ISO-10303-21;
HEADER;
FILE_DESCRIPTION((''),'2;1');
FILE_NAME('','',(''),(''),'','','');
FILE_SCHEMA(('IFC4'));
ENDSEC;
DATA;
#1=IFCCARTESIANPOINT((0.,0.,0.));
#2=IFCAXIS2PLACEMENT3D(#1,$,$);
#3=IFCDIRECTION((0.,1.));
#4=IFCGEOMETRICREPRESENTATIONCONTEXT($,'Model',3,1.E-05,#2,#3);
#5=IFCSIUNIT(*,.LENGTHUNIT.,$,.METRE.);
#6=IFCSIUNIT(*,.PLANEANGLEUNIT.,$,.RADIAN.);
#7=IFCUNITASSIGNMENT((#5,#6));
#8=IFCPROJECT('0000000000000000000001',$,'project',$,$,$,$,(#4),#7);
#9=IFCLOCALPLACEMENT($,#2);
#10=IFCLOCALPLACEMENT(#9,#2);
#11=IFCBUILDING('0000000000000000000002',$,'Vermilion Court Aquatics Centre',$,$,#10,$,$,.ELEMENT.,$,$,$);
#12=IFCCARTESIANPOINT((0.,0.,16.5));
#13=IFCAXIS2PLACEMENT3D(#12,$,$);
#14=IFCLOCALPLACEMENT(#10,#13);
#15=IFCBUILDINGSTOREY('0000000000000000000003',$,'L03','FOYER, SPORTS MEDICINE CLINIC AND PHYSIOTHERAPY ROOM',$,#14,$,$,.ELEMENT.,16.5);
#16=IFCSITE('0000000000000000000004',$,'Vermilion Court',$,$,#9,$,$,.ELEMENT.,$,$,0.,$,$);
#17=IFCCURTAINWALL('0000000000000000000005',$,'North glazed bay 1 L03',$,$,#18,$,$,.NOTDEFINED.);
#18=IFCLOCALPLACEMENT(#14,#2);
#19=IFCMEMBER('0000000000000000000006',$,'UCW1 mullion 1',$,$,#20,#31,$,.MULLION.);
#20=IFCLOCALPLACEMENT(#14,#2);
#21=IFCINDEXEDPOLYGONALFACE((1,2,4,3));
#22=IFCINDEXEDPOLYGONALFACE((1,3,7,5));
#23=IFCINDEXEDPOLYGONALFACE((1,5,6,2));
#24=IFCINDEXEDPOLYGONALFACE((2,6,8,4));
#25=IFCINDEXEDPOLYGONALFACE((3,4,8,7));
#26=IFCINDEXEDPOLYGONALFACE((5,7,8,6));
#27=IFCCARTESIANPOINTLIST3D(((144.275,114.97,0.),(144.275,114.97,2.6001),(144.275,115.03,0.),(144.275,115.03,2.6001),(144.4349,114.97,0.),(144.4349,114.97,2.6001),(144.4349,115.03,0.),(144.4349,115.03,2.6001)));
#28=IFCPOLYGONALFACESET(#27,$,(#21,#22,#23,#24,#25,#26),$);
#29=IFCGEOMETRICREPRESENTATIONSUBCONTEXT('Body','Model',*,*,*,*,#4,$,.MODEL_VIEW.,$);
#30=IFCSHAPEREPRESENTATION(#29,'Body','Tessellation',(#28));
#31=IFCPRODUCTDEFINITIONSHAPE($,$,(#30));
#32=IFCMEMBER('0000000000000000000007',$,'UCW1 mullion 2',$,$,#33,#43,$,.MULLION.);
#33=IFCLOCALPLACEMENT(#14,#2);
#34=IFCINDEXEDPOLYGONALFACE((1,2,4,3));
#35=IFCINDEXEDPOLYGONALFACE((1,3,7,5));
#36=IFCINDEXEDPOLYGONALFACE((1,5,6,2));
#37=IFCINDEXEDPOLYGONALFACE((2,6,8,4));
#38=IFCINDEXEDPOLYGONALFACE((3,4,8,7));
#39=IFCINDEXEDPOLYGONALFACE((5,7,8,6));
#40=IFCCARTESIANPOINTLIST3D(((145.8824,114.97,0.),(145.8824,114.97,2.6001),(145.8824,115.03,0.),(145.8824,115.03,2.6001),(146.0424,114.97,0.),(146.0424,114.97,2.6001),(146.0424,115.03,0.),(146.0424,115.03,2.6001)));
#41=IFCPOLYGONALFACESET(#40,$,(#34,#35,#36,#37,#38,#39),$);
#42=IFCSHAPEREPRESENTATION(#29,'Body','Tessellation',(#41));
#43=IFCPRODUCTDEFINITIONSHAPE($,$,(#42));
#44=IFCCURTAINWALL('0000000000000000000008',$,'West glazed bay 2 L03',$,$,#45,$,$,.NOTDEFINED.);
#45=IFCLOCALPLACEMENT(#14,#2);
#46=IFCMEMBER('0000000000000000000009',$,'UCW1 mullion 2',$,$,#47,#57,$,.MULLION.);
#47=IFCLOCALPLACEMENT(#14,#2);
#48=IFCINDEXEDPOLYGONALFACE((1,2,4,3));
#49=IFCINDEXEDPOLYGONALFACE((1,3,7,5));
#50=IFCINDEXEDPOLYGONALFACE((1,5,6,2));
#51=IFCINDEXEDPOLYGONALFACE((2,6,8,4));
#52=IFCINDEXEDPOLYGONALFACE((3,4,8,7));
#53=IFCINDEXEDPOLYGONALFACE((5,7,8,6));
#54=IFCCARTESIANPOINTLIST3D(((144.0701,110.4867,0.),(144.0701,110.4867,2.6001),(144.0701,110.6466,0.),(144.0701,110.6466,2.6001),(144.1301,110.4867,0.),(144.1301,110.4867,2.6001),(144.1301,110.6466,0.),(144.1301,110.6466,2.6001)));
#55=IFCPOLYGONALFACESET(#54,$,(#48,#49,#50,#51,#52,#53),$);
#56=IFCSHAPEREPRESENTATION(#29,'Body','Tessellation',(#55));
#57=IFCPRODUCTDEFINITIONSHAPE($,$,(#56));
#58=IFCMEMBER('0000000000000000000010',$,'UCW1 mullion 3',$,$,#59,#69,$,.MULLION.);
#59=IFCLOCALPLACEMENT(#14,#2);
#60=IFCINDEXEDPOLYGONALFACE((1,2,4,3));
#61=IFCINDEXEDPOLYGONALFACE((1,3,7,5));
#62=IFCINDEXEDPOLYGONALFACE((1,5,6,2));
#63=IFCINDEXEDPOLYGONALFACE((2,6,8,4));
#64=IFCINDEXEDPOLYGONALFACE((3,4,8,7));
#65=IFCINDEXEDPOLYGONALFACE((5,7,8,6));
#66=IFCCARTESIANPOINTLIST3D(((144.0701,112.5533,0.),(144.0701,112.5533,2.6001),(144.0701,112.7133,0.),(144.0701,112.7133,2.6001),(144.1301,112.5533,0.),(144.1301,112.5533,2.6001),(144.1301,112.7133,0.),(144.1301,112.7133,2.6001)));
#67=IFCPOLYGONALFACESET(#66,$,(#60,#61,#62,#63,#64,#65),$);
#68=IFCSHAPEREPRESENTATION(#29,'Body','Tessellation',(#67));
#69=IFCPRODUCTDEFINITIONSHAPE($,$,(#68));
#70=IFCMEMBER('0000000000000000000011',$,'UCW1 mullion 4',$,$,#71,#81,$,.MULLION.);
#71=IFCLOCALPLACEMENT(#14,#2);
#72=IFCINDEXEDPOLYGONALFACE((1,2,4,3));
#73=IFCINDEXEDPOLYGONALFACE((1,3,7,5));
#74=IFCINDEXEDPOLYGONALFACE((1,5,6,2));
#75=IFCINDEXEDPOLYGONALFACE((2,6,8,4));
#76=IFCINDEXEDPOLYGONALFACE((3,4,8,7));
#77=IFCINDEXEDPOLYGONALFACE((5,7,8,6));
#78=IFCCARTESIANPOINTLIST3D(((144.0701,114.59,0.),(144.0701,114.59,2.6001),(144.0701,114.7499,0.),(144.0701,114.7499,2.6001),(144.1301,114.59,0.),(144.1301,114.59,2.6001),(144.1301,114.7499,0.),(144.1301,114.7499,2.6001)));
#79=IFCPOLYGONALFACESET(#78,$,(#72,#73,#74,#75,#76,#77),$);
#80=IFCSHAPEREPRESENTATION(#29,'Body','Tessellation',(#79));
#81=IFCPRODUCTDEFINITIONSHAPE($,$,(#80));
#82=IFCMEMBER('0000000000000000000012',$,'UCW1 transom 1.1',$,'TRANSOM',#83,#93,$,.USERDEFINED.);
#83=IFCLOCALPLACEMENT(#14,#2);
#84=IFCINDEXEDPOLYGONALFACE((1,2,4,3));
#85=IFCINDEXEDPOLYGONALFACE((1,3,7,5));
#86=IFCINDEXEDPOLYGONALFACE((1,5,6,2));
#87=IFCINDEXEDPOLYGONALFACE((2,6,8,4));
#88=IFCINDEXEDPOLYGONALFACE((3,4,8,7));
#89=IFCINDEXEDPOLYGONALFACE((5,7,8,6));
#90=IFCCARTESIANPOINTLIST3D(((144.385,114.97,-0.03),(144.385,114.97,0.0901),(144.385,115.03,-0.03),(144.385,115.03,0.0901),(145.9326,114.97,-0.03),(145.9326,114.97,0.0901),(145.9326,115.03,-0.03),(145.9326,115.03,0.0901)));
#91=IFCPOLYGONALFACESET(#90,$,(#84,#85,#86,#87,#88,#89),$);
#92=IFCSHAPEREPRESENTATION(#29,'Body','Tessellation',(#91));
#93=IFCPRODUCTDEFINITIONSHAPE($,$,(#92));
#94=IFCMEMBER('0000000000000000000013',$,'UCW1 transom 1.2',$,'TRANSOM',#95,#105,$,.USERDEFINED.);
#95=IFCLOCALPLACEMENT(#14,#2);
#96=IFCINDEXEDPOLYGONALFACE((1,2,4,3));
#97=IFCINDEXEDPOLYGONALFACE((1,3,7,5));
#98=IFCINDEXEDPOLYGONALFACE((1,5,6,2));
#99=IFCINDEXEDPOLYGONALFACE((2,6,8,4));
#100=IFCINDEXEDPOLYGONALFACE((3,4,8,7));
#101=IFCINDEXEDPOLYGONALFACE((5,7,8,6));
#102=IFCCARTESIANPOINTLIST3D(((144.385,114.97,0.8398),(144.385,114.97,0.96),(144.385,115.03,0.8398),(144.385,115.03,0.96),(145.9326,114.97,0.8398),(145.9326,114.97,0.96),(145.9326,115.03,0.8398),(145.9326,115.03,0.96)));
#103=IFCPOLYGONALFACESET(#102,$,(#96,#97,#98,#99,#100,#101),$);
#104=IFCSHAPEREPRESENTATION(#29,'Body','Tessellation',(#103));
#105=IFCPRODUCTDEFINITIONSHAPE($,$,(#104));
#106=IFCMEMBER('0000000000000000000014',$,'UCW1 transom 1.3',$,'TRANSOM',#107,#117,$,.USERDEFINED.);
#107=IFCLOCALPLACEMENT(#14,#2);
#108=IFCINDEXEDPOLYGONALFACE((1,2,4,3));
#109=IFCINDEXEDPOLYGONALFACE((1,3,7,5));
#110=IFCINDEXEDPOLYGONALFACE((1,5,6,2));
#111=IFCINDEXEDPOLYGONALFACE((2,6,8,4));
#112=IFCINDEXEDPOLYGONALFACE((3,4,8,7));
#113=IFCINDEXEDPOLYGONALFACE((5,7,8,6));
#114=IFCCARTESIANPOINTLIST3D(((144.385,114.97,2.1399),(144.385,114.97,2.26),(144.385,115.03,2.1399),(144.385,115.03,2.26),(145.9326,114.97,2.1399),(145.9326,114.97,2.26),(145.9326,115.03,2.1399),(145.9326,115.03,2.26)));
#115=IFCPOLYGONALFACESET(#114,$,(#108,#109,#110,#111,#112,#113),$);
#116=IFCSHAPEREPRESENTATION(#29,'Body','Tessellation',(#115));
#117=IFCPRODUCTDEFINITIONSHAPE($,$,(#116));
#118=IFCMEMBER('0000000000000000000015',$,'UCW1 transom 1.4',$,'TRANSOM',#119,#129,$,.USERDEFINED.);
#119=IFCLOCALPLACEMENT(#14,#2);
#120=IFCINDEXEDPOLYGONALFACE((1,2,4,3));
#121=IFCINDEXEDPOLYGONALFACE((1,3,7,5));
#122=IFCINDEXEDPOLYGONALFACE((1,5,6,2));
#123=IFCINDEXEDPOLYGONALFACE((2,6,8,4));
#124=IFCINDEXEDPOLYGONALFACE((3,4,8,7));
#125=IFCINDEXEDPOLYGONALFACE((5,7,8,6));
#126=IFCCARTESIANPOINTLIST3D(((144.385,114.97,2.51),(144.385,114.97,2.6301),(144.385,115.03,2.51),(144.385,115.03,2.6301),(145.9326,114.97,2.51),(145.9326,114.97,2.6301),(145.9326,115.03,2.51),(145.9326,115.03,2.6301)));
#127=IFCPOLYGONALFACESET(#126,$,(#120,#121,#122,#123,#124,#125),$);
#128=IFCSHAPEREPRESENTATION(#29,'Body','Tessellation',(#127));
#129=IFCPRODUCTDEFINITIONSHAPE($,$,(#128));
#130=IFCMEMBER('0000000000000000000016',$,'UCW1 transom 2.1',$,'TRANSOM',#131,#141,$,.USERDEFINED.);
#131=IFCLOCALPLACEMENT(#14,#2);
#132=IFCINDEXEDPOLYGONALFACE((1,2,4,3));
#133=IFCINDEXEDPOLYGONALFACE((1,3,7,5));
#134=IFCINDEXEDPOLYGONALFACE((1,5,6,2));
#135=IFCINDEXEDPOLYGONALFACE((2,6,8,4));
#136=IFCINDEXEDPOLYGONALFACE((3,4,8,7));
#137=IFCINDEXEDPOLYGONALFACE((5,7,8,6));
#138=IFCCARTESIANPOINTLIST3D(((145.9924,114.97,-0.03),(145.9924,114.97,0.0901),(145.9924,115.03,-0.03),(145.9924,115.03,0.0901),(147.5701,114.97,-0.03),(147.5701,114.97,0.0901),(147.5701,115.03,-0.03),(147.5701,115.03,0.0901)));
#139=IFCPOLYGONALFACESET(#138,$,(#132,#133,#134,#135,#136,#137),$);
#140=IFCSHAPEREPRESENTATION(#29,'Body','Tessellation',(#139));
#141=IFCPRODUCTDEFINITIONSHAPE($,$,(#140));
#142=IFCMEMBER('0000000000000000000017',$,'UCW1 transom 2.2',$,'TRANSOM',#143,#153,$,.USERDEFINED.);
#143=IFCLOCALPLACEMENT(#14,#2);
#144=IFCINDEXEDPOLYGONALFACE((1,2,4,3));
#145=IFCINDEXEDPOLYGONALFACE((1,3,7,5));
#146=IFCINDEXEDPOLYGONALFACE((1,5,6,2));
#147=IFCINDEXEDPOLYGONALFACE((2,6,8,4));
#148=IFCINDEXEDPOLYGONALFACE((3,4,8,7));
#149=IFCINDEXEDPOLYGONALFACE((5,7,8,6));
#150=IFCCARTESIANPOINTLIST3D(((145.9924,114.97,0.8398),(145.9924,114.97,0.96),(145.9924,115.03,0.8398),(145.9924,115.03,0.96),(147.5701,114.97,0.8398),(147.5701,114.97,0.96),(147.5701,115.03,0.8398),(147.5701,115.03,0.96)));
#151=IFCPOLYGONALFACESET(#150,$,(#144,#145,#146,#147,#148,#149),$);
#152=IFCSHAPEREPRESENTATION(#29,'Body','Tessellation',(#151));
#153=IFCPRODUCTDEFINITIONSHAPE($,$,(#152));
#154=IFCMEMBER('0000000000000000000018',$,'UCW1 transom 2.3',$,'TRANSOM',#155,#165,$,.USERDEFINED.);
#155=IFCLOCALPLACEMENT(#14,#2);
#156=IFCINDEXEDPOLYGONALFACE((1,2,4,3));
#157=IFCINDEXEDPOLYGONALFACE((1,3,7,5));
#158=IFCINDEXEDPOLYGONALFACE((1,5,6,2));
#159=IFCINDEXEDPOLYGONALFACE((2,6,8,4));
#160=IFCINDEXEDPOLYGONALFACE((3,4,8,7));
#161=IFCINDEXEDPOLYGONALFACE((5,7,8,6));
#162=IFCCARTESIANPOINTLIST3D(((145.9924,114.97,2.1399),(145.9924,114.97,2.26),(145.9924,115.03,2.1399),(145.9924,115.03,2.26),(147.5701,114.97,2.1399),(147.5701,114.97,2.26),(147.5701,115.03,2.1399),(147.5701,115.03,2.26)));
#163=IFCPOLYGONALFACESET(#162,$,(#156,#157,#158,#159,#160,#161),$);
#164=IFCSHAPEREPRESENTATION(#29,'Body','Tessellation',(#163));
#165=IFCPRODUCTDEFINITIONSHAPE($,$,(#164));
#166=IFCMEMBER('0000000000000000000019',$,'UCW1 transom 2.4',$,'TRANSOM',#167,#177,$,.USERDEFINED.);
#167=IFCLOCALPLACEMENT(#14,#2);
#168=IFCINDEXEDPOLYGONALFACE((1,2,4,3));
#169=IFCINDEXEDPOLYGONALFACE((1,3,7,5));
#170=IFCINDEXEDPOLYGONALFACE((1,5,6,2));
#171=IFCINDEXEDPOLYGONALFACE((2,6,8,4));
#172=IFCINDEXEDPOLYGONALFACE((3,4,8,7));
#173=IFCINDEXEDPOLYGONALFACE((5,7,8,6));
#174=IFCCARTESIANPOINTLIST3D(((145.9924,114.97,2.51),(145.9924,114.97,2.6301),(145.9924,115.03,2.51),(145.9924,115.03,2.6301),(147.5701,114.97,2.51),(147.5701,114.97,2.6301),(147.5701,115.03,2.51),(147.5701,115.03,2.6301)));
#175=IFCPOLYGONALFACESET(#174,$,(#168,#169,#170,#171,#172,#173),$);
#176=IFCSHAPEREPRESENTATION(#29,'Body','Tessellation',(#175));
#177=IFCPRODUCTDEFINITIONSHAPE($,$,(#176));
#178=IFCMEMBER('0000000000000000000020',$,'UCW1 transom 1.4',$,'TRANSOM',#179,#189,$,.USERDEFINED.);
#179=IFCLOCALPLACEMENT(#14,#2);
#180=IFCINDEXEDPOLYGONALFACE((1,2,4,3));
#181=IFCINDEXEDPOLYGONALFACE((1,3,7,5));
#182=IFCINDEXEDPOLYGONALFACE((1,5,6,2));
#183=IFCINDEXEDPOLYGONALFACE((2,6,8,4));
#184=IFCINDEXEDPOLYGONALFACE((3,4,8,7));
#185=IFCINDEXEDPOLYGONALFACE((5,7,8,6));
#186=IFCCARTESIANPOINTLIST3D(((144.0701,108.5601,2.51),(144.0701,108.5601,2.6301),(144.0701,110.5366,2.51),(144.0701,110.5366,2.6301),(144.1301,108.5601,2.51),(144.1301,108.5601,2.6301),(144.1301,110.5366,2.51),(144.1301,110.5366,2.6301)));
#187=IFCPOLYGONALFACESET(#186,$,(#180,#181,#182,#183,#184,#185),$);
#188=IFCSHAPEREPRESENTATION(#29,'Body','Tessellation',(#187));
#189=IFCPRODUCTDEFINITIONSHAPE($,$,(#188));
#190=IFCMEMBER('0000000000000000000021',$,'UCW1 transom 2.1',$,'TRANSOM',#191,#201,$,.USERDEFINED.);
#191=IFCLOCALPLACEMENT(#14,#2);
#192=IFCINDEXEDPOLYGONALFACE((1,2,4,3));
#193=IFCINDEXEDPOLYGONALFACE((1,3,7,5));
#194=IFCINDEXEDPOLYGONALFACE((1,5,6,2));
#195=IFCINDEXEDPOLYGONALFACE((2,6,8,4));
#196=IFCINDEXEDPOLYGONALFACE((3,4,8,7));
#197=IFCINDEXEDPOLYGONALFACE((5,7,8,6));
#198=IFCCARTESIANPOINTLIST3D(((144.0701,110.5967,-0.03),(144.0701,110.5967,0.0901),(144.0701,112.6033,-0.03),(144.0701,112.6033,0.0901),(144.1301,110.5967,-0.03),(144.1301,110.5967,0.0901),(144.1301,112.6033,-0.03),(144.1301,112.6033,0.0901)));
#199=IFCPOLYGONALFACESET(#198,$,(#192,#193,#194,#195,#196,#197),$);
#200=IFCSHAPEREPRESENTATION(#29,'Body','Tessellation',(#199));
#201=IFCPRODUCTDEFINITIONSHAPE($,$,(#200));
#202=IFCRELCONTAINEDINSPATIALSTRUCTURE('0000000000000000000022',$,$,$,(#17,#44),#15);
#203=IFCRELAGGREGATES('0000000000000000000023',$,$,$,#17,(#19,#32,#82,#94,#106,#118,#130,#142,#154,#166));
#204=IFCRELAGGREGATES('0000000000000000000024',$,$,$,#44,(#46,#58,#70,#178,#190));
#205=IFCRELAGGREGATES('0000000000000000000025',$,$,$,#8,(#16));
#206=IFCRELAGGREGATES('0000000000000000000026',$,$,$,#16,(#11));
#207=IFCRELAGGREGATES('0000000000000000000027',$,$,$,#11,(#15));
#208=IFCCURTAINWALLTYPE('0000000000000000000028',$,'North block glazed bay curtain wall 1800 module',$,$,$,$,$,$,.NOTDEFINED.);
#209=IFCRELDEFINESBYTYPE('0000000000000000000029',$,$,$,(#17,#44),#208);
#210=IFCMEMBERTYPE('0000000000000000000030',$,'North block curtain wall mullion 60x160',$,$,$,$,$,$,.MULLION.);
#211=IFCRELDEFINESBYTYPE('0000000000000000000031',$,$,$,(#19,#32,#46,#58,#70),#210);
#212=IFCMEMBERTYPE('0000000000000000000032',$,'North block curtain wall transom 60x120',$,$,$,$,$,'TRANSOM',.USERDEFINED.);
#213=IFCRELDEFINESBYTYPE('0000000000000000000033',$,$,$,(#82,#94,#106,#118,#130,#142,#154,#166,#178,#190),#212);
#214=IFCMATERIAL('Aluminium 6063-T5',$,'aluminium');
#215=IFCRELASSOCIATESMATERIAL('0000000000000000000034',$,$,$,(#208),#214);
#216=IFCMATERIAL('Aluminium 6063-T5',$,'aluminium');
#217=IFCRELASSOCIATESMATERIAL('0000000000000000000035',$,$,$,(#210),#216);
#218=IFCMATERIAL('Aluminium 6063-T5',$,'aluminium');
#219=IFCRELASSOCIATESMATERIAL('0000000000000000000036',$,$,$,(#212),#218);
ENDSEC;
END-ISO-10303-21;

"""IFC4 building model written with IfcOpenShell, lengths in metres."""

from ifc_helpers import new_model, si_unit, direction, frame, origin, origin_2d, place, context, subcontext, project, spatial, rectangle, extrude, material, material_profile, profile_set, type_object, element, aggregate, save


model = new_model("IFC4")

# Units and contexts
model_context = context("Model", 3, precision=1e-05, world=origin(), true_north=direction((0.0, 1.0)))
body_context = subcontext(model_context, "Body", "Model", "MODEL_VIEW")
ifc_project = project(units=[si_unit("LENGTHUNIT", "METRE"), si_unit("PLANEANGLEUNIT", "RADIAN")], contexts=[model_context])

# Site, building, storey
site_placement = place(None, origin())
site = spatial("IfcSite", under=ifc_project, at=site_placement, Name="Vermilion Court", CompositionType="ELEMENT", RefElevation=0.0)
building_placement = place(site_placement, origin())
building = spatial("IfcBuilding", under=site, at=building_placement, Name="Vermilion Court Aquatics Centre", CompositionType="ELEMENT")
storey_placement = place(building_placement, frame((0.0, 0.0, 16.5)))
storey = spatial("IfcBuildingStorey", under=building, at=storey_placement, Name="L03", Description="FOYER, SPORTS MEDICINE CLINIC AND PHYSIOTHERAPY ROOM", CompositionType="ELEMENT", Elevation=16.5)

# Curtain walls, members
ifc_material_1 = material(Name="Aluminium 6063-T5", Category="aluminium")
curtain_wall_type = type_object("IfcCurtainWallType", Name="North block glazed bay curtain wall 1800 module", PredefinedType="NOTDEFINED", material=ifc_material_1)
curtain_wall_1_placement = place(storey_placement, origin())
curtain_wall_1 = element("IfcCurtainWall", 1, at=curtain_wall_1_placement, inside=storey, type_object=curtain_wall_type, Name="North glazed bay 1 L03", PredefinedType="NOTDEFINED")
ifc_material_2 = material(Name="Aluminium 6063-T5", Category="aluminium")
ifc_material_profile_1 = material_profile(ifc_material_2, rectangle(XDim=0.0601, YDim=0.1599, at=origin_2d()), Name="AL 60x160")
ifc_profile_set_1 = profile_set([ifc_material_profile_1], Name="Aluminium 6063-T5")
member_type_1 = type_object("IfcMemberType", Name="North block curtain wall mullion 60x160", PredefinedType="MULLION", material=ifc_profile_set_1)
member_1_placement = place(storey_placement, frame((144.355, 115.0, 0.0), z_axis=(0.0, 0.0, 1.0), x_axis=(0.0, 1.0, 0.0)))
member_1 = element("IfcMember", 2, at=member_1_placement, type_object=member_type_1, Name="UCW1 mullion 1", PredefinedType="MULLION", context=body_context, shape_type="SweptSolid", body=[
    extrude(rectangle(XDim=0.0601, YDim=0.1599, at=origin_2d()), origin(), (0.0, 0.0, 1.0), 2.6001),
])
member_2_placement = place(storey_placement, frame((145.9624, 115.0, 0.0), z_axis=(0.0, 0.0, 1.0), x_axis=(0.0, 1.0, 0.0)))
member_2 = element("IfcMember", 3, at=member_2_placement, type_object=member_type_1, Name="UCW1 mullion 2", PredefinedType="MULLION", context=body_context, shape_type="SweptSolid", body=[
    extrude(rectangle(XDim=0.0601, YDim=0.1599, at=origin_2d()), origin(), (0.0, 0.0, 1.0), 2.6001),
])
curtain_wall_2_placement = place(storey_placement, origin())
curtain_wall_2 = element("IfcCurtainWall", 4, at=curtain_wall_2_placement, inside=storey, type_object=curtain_wall_type, Name="West glazed bay 2 L03", PredefinedType="NOTDEFINED")
member_3_placement = place(storey_placement, frame((144.1001, 110.5667, 0.0), z_axis=(0.0, 0.0, 1.0), x_axis=(-1.0, 0.0, 0.0)))
member_3 = element("IfcMember", 5, at=member_3_placement, type_object=member_type_1, Name="UCW1 mullion 2", PredefinedType="MULLION", context=body_context, shape_type="SweptSolid", body=[
    extrude(rectangle(XDim=0.0601, YDim=0.1599, at=origin_2d()), origin(), (0.0, 0.0, 1.0), 2.6001),
])
member_4_placement = place(storey_placement, frame((144.1001, 112.6333, 0.0), z_axis=(0.0, 0.0, 1.0), x_axis=(-1.0, 0.0, 0.0)))
member_4 = element("IfcMember", 6, at=member_4_placement, type_object=member_type_1, Name="UCW1 mullion 3", PredefinedType="MULLION", context=body_context, shape_type="SweptSolid", body=[
    extrude(rectangle(XDim=0.0601, YDim=0.1599, at=origin_2d()), origin(), (0.0, 0.0, 1.0), 2.6001),
])
member_5_placement = place(storey_placement, frame((144.1001, 114.6699, 0.0), z_axis=(0.0, 0.0, 1.0), x_axis=(-1.0, 0.0, 0.0)))
member_5 = element("IfcMember", 7, at=member_5_placement, type_object=member_type_1, Name="UCW1 mullion 4", PredefinedType="MULLION", context=body_context, shape_type="SweptSolid", body=[
    extrude(rectangle(XDim=0.0601, YDim=0.1599, at=origin_2d()), origin(), (0.0, 0.0, 1.0), 2.6001),
])

# Members
ifc_material_3 = material(Name="Aluminium 6063-T5", Category="aluminium")
ifc_material_profile_2 = material_profile(ifc_material_3, rectangle(XDim=0.0601, YDim=0.1201, at=origin_2d()), Name="AL 60x120")
ifc_profile_set_2 = profile_set([ifc_material_profile_2], Name="Aluminium 6063-T5")
member_type_2 = type_object("IfcMemberType", Name="North block curtain wall transom 60x120", ElementType="TRANSOM", PredefinedType="USERDEFINED", material=ifc_profile_set_2)
member_6_placement = place(storey_placement, frame((144.385, 115.0, 0.03), z_axis=(1.0, 0.0, 0.0), x_axis=(0.0, 1.0, 0.0)))
member_6 = element("IfcMember", 8, at=member_6_placement, type_object=member_type_2, Name="UCW1 transom 1.1", ObjectType="TRANSOM", PredefinedType="USERDEFINED", context=body_context, shape_type="SweptSolid", body=[
    extrude(rectangle(XDim=0.0601, YDim=0.1201, at=origin_2d()), origin(), (0.0, 0.0, 1.0), 1.5476),
])
member_7_placement = place(storey_placement, frame((144.385, 115.0, 0.8999), z_axis=(1.0, 0.0, 0.0), x_axis=(0.0, 1.0, 0.0)))
member_7 = element("IfcMember", 9, at=member_7_placement, type_object=member_type_2, Name="UCW1 transom 1.2", ObjectType="TRANSOM", PredefinedType="USERDEFINED", context=body_context, shape_type="SweptSolid", body=[
    extrude(rectangle(XDim=0.0601, YDim=0.1201, at=origin_2d()), origin(), (0.0, 0.0, 1.0), 1.5476),
])
member_8_placement = place(storey_placement, frame((144.385, 115.0, 2.2), z_axis=(1.0, 0.0, 0.0), x_axis=(0.0, 1.0, 0.0)))
member_8 = element("IfcMember", 10, at=member_8_placement, type_object=member_type_2, Name="UCW1 transom 1.3", ObjectType="TRANSOM", PredefinedType="USERDEFINED", context=body_context, shape_type="SweptSolid", body=[
    extrude(rectangle(XDim=0.0601, YDim=0.1201, at=origin_2d()), origin(), (0.0, 0.0, 1.0), 1.5476),
])
member_9_placement = place(storey_placement, frame((144.385, 115.0, 2.5701), z_axis=(1.0, 0.0, 0.0), x_axis=(0.0, 1.0, 0.0)))
member_9 = element("IfcMember", 11, at=member_9_placement, type_object=member_type_2, Name="UCW1 transom 1.4", ObjectType="TRANSOM", PredefinedType="USERDEFINED", context=body_context, shape_type="SweptSolid", body=[
    extrude(rectangle(XDim=0.0601, YDim=0.1201, at=origin_2d()), origin(), (0.0, 0.0, 1.0), 1.5476),
])
member_10_placement = place(storey_placement, frame((145.9924, 115.0, 0.03), z_axis=(1.0, 0.0, 0.0), x_axis=(0.0, 1.0, 0.0)))
member_10 = element("IfcMember", 12, at=member_10_placement, type_object=member_type_2, Name="UCW1 transom 2.1", ObjectType="TRANSOM", PredefinedType="USERDEFINED", context=body_context, shape_type="SweptSolid", body=[
    extrude(rectangle(XDim=0.0601, YDim=0.1201, at=origin_2d()), origin(), (0.0, 0.0, 1.0), 1.5776),
])
member_11_placement = place(storey_placement, frame((145.9924, 115.0, 0.8999), z_axis=(1.0, 0.0, 0.0), x_axis=(0.0, 1.0, 0.0)))
member_11 = element("IfcMember", 13, at=member_11_placement, type_object=member_type_2, Name="UCW1 transom 2.2", ObjectType="TRANSOM", PredefinedType="USERDEFINED", context=body_context, shape_type="SweptSolid", body=[
    extrude(rectangle(XDim=0.0601, YDim=0.1201, at=origin_2d()), origin(), (0.0, 0.0, 1.0), 1.5776),
])
member_12_placement = place(storey_placement, frame((145.9924, 115.0, 2.2), z_axis=(1.0, 0.0, 0.0), x_axis=(0.0, 1.0, 0.0)))
member_12 = element("IfcMember", 14, at=member_12_placement, type_object=member_type_2, Name="UCW1 transom 2.3", ObjectType="TRANSOM", PredefinedType="USERDEFINED", context=body_context, shape_type="SweptSolid", body=[
    extrude(rectangle(XDim=0.0601, YDim=0.1201, at=origin_2d()), origin(), (0.0, 0.0, 1.0), 1.5776),
])
member_13_placement = place(storey_placement, frame((145.9924, 115.0, 2.5701), z_axis=(1.0, 0.0, 0.0), x_axis=(0.0, 1.0, 0.0)))
member_13 = element("IfcMember", 15, at=member_13_placement, type_object=member_type_2, Name="UCW1 transom 2.4", ObjectType="TRANSOM", PredefinedType="USERDEFINED", context=body_context, shape_type="SweptSolid", body=[
    extrude(rectangle(XDim=0.0601, YDim=0.1201, at=origin_2d()), origin(), (0.0, 0.0, 1.0), 1.5776),
])
member_14_placement = place(storey_placement, frame((144.1001, 108.5601, 2.5701), z_axis=(0.0, 1.0, 0.0), x_axis=(-1.0, 0.0, 0.0)))
member_14 = element("IfcMember", 16, at=member_14_placement, type_object=member_type_2, Name="UCW1 transom 1.4", ObjectType="TRANSOM", PredefinedType="USERDEFINED", context=body_context, shape_type="SweptSolid", body=[
    extrude(rectangle(XDim=0.0601, YDim=0.1201, at=origin_2d()), origin(), (0.0, 0.0, 1.0), 1.9766),
])
member_15_placement = place(storey_placement, frame((144.1001, 110.5967, 0.03), z_axis=(0.0, 1.0, 0.0), x_axis=(-1.0, 0.0, 0.0)))
member_15 = element("IfcMember", 17, at=member_15_placement, type_object=member_type_2, Name="UCW1 transom 2.1", ObjectType="TRANSOM", PredefinedType="USERDEFINED", context=body_context, shape_type="SweptSolid", body=[
    extrude(rectangle(XDim=0.0601, YDim=0.1201, at=origin_2d()), origin(), (0.0, 0.0, 1.0), 2.0066),
])

aggregate(curtain_wall_1, [member_1, member_2, member_6, member_7, member_8, member_9, member_10, member_11, member_12, member_13])
aggregate(curtain_wall_2, [member_3, member_4, member_5, member_14, member_15])

save(model, "model.ifc")
